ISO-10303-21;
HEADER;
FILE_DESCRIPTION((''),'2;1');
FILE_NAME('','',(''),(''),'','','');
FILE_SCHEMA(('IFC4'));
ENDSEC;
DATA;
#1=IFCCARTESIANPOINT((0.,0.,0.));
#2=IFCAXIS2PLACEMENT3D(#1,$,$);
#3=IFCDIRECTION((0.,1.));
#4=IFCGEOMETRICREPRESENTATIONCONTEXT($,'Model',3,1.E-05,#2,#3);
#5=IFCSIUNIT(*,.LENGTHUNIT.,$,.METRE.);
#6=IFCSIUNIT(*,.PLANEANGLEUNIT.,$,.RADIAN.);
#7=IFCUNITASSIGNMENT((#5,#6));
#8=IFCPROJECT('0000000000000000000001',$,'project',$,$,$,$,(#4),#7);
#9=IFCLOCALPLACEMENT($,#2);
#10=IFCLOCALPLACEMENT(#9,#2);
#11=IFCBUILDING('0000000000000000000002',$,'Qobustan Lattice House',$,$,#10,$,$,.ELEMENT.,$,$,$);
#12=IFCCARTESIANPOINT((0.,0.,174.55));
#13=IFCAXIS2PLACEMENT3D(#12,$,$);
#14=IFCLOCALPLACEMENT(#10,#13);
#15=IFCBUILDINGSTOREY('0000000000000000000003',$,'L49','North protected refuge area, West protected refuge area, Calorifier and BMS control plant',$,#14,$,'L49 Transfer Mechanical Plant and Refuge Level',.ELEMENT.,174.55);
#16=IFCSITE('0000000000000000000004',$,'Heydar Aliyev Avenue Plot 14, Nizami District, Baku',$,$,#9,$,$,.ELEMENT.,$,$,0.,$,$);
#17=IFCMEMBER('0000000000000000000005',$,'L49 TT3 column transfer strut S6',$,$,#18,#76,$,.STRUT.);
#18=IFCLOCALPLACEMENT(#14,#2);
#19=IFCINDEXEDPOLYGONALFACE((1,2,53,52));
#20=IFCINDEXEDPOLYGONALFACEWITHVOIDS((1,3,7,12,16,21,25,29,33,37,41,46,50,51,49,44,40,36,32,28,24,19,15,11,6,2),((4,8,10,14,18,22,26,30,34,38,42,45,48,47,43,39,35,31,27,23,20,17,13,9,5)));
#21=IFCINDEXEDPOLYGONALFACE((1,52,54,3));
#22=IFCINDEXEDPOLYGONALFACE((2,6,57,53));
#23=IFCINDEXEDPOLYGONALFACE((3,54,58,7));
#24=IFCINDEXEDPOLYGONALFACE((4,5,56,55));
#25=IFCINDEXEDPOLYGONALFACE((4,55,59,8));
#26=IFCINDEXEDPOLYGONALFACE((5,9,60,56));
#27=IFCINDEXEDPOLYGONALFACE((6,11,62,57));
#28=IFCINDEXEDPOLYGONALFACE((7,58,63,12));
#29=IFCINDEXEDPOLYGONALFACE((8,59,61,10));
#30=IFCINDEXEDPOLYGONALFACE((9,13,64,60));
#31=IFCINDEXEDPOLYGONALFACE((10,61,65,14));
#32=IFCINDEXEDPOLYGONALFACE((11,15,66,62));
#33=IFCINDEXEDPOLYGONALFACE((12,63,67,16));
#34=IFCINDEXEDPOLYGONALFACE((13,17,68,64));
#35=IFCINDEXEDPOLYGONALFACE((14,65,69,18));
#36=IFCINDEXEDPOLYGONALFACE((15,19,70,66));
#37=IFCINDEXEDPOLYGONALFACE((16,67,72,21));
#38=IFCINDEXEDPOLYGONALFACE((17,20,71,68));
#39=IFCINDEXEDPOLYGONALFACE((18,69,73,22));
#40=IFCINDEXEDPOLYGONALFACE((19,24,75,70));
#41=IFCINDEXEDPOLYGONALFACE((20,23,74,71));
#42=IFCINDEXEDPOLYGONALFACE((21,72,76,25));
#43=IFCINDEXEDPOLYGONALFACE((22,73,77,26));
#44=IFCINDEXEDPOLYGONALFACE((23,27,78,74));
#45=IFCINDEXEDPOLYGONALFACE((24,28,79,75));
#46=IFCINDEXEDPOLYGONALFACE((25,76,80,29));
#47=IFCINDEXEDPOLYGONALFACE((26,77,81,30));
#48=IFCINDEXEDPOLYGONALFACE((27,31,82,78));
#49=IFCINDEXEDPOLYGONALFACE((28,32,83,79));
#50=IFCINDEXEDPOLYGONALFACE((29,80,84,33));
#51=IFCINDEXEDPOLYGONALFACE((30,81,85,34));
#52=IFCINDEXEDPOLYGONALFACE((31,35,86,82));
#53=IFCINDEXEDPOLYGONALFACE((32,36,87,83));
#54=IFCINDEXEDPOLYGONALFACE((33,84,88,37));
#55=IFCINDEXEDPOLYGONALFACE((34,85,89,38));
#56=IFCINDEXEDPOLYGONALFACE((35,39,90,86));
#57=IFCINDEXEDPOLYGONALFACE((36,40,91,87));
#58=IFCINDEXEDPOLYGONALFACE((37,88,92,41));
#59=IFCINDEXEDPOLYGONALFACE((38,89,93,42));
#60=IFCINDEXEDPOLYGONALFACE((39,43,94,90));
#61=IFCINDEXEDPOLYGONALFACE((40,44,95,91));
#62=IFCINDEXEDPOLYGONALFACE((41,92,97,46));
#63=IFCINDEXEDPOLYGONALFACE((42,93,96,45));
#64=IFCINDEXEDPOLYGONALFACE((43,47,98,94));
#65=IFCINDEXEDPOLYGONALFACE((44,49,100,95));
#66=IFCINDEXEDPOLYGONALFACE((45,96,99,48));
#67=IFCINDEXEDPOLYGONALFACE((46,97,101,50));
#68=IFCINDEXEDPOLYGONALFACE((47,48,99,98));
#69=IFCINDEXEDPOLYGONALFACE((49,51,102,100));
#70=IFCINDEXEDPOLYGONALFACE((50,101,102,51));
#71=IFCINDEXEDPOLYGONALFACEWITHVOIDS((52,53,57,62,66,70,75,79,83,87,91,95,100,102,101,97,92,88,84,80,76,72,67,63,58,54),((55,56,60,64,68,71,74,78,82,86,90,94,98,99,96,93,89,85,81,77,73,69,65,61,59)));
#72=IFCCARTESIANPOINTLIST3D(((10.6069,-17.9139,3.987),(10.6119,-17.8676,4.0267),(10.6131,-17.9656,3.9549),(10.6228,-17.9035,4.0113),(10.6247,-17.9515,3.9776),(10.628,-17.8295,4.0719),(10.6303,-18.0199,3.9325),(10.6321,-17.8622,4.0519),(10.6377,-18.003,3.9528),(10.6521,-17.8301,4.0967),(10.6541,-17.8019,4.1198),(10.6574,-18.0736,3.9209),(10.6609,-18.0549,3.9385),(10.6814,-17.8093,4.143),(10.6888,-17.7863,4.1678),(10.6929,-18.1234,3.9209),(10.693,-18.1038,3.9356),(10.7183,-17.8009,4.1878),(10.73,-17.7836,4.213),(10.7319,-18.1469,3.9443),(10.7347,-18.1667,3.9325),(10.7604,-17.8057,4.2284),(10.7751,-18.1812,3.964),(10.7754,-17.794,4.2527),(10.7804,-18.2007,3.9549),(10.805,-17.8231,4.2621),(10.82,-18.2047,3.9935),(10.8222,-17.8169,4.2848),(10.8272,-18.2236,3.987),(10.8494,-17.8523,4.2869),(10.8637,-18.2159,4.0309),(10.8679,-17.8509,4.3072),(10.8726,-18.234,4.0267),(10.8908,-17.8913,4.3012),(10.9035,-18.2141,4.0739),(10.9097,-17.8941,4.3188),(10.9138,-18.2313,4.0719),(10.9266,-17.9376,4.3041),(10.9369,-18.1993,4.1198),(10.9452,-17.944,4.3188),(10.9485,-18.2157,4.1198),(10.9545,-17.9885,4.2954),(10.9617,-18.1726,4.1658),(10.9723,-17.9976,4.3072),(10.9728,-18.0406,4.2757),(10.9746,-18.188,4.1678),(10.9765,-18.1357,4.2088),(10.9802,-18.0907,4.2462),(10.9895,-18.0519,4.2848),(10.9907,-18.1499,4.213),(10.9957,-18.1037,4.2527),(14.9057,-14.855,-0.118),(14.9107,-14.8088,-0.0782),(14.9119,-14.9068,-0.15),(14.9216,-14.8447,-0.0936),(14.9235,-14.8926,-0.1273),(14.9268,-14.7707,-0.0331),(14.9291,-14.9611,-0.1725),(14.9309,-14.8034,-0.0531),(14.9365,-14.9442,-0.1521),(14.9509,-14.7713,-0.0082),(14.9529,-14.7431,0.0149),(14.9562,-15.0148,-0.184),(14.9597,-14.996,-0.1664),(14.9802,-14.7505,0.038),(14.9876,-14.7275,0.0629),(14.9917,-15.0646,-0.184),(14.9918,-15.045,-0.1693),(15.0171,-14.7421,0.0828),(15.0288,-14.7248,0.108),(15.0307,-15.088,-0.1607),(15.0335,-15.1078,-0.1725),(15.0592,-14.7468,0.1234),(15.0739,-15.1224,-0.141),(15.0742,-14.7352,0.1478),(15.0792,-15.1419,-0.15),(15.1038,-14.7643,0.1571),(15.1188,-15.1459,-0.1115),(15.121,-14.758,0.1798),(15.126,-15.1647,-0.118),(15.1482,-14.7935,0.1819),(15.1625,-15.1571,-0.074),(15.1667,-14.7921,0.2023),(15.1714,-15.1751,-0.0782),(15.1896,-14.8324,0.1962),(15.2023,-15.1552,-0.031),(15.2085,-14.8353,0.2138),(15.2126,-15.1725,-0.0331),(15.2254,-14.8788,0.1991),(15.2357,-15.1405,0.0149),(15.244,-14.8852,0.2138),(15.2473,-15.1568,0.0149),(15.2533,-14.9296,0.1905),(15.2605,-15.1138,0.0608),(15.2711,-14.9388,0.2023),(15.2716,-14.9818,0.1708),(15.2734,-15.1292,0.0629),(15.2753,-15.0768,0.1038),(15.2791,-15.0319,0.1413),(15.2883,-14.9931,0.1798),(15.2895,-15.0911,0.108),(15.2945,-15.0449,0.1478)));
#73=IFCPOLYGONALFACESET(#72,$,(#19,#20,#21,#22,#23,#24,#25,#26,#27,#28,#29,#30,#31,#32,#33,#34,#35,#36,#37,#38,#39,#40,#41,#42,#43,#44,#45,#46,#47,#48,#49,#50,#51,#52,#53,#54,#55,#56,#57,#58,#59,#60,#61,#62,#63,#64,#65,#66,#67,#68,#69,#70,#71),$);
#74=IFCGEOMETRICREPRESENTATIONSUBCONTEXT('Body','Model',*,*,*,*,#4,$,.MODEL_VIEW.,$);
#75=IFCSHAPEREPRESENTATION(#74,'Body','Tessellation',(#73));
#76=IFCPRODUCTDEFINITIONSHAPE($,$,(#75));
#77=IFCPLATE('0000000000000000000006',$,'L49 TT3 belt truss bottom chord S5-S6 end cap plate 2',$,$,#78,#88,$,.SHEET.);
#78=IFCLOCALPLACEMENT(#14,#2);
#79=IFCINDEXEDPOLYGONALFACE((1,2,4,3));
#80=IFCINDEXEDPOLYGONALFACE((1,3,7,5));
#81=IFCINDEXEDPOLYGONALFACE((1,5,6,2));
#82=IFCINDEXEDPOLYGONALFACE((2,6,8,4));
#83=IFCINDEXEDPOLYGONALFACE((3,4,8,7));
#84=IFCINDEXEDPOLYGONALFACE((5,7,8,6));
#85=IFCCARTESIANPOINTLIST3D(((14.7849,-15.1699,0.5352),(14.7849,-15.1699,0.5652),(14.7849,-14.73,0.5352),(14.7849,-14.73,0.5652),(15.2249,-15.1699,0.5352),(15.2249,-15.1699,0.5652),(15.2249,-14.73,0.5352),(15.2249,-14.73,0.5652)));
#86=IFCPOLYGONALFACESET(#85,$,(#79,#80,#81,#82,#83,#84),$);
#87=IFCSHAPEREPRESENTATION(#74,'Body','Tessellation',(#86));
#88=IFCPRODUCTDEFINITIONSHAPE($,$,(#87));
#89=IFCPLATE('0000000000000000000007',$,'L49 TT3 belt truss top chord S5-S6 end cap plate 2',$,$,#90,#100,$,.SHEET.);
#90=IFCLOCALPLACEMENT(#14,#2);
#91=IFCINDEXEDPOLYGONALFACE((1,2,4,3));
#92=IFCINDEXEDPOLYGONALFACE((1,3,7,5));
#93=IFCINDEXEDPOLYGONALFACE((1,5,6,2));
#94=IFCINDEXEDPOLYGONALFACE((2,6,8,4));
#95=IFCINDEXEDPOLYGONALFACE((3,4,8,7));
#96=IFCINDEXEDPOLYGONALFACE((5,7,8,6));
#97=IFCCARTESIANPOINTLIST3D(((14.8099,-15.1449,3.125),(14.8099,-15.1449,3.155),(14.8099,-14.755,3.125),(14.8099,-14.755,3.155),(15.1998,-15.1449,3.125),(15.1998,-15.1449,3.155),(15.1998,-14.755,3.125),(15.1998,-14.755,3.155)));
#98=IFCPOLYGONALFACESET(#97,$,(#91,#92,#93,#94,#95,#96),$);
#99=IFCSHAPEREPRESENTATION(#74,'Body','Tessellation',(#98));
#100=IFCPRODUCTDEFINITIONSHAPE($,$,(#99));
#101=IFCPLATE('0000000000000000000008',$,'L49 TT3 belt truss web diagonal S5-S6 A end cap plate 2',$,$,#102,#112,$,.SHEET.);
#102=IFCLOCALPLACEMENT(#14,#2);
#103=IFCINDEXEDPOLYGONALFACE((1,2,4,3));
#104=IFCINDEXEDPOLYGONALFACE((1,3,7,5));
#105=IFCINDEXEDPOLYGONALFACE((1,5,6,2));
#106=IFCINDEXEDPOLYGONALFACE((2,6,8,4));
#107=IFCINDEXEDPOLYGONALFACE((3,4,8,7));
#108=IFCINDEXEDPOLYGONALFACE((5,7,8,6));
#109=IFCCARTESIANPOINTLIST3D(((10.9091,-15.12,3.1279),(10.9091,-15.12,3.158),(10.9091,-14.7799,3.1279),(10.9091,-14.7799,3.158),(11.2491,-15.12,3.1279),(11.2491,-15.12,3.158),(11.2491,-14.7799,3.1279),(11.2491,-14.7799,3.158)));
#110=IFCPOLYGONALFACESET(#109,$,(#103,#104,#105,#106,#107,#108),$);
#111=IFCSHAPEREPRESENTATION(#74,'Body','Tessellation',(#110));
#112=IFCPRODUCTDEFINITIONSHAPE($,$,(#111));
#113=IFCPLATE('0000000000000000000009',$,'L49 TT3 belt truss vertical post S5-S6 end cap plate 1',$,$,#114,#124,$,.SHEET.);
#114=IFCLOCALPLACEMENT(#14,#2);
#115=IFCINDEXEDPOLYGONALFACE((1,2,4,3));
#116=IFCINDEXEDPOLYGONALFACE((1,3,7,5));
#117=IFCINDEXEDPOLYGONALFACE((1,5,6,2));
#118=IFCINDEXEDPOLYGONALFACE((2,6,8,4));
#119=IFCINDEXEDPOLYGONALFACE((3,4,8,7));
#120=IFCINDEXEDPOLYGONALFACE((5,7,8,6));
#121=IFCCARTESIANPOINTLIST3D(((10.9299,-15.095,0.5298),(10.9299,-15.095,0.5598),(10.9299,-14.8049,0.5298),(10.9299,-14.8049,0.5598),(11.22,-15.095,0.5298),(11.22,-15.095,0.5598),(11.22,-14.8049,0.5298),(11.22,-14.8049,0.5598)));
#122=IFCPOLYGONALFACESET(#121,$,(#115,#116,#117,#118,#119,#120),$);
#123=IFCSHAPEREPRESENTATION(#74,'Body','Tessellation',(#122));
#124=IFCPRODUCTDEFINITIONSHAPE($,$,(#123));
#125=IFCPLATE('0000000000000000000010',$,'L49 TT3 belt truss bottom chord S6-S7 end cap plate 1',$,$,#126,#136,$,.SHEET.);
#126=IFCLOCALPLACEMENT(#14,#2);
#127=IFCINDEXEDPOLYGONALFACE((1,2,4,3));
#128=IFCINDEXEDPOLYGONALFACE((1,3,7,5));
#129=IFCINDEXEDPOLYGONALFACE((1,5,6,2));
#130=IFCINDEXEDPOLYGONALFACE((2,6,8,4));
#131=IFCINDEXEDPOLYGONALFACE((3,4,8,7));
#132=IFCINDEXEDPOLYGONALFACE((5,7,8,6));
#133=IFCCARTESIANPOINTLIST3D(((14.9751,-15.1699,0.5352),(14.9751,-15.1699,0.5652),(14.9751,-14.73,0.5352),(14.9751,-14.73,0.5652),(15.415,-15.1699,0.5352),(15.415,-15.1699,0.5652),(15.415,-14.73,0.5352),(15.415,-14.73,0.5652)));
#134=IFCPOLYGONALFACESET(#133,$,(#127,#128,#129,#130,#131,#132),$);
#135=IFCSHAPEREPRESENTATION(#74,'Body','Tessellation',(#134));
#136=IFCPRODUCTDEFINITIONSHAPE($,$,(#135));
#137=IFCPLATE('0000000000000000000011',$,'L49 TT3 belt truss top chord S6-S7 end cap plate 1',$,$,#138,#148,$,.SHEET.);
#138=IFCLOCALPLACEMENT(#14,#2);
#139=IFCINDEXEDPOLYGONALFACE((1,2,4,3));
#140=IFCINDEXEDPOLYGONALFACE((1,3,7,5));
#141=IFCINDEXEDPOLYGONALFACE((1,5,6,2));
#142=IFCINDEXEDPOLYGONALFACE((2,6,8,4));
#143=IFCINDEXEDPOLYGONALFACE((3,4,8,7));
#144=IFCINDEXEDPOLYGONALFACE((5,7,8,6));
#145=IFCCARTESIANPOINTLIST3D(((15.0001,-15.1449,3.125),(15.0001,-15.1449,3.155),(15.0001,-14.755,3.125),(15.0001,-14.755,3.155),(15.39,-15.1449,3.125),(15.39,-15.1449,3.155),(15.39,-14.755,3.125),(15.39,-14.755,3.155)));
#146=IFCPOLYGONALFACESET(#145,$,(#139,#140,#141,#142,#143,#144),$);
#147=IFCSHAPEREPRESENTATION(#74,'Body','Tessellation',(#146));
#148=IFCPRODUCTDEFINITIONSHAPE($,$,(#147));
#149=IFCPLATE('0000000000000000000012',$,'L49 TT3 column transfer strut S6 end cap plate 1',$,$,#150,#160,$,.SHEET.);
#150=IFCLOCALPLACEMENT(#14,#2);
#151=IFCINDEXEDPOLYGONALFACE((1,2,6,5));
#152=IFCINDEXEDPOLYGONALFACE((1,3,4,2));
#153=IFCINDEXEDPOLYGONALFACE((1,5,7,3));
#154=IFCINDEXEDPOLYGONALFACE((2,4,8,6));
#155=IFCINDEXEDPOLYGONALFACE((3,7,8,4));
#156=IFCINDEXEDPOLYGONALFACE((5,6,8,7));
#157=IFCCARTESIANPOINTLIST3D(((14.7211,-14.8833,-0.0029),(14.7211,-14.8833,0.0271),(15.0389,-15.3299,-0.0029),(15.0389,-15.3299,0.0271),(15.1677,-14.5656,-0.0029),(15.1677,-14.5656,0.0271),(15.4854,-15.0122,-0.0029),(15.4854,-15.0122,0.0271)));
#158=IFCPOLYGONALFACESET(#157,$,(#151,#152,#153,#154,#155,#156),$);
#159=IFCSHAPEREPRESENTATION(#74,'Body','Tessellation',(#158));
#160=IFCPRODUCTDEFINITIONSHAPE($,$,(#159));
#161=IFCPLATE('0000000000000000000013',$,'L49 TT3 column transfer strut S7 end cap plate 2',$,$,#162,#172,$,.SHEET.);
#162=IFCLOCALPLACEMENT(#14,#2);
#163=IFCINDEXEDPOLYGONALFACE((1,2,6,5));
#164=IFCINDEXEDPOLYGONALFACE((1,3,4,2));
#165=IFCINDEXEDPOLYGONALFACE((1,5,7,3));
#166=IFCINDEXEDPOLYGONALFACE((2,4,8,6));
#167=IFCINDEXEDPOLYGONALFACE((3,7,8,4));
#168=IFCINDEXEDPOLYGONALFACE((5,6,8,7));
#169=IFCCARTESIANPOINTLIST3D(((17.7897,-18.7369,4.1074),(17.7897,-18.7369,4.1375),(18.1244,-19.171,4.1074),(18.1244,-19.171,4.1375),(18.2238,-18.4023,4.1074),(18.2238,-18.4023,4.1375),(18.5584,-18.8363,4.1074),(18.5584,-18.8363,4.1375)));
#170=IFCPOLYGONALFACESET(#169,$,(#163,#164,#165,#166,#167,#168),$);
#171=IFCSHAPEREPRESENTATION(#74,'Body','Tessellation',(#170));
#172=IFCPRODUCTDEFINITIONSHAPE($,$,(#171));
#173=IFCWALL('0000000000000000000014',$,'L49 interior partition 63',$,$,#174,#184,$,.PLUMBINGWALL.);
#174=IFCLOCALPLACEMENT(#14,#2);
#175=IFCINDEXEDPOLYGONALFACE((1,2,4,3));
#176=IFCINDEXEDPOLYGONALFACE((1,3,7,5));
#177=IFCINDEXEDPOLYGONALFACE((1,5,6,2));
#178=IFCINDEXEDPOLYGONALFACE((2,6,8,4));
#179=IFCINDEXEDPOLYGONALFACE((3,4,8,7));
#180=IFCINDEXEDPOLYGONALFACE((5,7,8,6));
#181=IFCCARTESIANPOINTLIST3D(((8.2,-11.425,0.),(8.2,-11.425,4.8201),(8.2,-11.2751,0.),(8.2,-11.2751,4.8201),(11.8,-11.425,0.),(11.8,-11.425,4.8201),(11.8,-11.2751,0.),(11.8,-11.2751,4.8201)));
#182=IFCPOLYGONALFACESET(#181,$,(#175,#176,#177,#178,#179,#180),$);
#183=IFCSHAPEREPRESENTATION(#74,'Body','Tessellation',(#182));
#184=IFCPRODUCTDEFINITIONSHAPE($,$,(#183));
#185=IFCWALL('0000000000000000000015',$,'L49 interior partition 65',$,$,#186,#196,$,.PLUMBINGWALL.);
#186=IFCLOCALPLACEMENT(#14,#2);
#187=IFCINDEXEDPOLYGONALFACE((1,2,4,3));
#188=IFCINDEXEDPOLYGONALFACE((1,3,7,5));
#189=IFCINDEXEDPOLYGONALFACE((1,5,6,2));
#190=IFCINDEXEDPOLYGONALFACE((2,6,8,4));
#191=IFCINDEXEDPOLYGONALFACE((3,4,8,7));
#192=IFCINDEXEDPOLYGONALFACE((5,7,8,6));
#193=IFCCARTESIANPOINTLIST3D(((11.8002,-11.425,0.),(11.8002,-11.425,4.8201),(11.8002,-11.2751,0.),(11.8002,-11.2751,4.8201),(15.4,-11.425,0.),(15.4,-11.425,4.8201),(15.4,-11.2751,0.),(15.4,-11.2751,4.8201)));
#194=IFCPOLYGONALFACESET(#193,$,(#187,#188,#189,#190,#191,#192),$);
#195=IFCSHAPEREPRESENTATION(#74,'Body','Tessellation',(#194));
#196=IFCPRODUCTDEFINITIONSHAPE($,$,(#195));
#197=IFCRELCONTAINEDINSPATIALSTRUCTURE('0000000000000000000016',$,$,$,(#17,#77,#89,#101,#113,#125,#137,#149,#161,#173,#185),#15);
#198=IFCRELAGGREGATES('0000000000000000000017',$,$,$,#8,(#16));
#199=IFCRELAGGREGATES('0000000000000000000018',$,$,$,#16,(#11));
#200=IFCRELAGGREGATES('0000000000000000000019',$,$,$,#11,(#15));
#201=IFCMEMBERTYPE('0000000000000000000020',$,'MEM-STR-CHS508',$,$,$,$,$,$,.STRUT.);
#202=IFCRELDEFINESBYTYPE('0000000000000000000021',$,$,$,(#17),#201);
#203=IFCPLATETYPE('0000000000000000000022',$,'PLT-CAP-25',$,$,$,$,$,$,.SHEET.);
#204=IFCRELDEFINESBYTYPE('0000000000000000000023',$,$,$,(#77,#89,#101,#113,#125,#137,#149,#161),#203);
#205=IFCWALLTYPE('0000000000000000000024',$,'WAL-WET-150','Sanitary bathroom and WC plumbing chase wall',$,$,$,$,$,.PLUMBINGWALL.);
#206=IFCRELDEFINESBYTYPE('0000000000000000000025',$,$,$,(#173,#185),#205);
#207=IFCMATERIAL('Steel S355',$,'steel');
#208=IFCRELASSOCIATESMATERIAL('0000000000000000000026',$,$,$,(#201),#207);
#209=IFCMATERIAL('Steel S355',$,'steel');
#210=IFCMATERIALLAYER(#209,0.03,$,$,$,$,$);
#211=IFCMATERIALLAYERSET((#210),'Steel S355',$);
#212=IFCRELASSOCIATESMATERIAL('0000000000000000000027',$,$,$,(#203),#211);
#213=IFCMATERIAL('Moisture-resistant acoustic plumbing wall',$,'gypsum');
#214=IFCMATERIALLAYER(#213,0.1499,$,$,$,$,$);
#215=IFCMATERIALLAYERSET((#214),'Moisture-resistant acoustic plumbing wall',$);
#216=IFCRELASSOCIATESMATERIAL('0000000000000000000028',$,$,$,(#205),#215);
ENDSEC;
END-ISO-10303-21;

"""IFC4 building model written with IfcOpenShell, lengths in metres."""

from ifc_helpers import new_model, si_unit, direction, frame, frame_2d, origin, origin_2d, place, context, subcontext, project, spatial, rectangle, hollow_circle, extrude, material, layer, layer_set, material_profile, profile_set, type_object, element, save


model = new_model("IFC4")

# Units and contexts
model_context = context("Model", 3, precision=1e-05, world=origin(), true_north=direction((0.0, 1.0)))
body_context = subcontext(model_context, "Body", "Model", "MODEL_VIEW")
ifc_project = project(units=[si_unit("LENGTHUNIT", "METRE"), si_unit("PLANEANGLEUNIT", "RADIAN")], contexts=[model_context])

# Site, building, storey
site_placement = place(None, origin())
site = spatial("IfcSite", under=ifc_project, at=site_placement, Name="Heydar Aliyev Avenue Plot 14, Nizami District, Baku", CompositionType="ELEMENT", RefElevation=0.0)
building_placement = place(site_placement, origin())
building = spatial("IfcBuilding", under=site, at=building_placement, Name="Qobustan Lattice House", CompositionType="ELEMENT")
storey_placement = place(building_placement, frame((0.0, 0.0, 174.55)))
storey = spatial("IfcBuildingStorey", under=building, at=storey_placement, Name="L49", Description="North protected refuge area, West protected refuge area, Calorifier and BMS control plant", LongName="L49 Transfer Mechanical Plant and Refuge Level", CompositionType="ELEMENT", Elevation=174.55)

# Member
ifc_material_1 = material(Name="Steel S355", Category="steel")
ifc_material_profile_1 = material_profile(ifc_material_1, hollow_circle(Radius=0.2539, WallThickness=0.02, at=origin_2d()), Name="CHS508x20")
ifc_profile_set_1 = profile_set([ifc_material_profile_1], Name="Steel S355")
member_type_1 = type_object("IfcMemberType", Name="MEM-STR-CHS508", PredefinedType="STRUT", material=ifc_profile_set_1)
member_1_placement = place(storey_placement, frame((15.1001, -14.95, 0.0149), z_axis=(-0.64307, -0.457577, 0.614072), x_axis=(0.579762, -0.814786, 0.0)))
element("IfcMember", 1, at=member_1_placement, inside=storey, type_object=member_type_1, Name="L49 TT3 column transfer strut S6", PredefinedType="STRUT", context=body_context, shape_type="SweptSolid", body=[
    extrude(hollow_circle(Radius=0.2539, WallThickness=0.02, at=origin_2d()), origin(), (0.0, 0.0, 1.0), 6.6848),
])

# Plates
ifc_material_2 = material(Name="Steel S355", Category="steel")
ifc_layer_1 = layer(ifc_material_2, 0.03)
ifc_layer_set_1 = layer_set([ifc_layer_1], Name="Steel S355")
plate_type = type_object("IfcPlateType", Name="PLT-CAP-25", PredefinedType="SHEET", material=ifc_layer_set_1)
plate_1_placement = place(storey_placement, frame((15.0049, -14.95, 0.5352), z_axis=(0.0, 0.0, 1.0), x_axis=(1.0, 0.0, 0.0)))
element("IfcPlate", 2, at=plate_1_placement, inside=storey, type_object=plate_type, Name="L49 TT3 belt truss bottom chord S5-S6 end cap plate 2", PredefinedType="SHEET", context=body_context, shape_type="SweptSolid", body=[
    extrude(rectangle(XDim=0.4399, YDim=0.4399, at=origin_2d()), origin(), (0.0, 0.0, 1.0), 0.03),
])
plate_2_placement = place(storey_placement, frame((15.0049, -14.95, 3.125), z_axis=(0.0, 0.0, 1.0), x_axis=(1.0, 0.0, 0.0)))
element("IfcPlate", 3, at=plate_2_placement, inside=storey, type_object=plate_type, Name="L49 TT3 belt truss top chord S5-S6 end cap plate 2", PredefinedType="SHEET", context=body_context, shape_type="SweptSolid", body=[
    extrude(rectangle(XDim=0.3899, YDim=0.3899, at=origin_2d()), origin(), (0.0, 0.0, 1.0), 0.03),
])
plate_3_placement = place(storey_placement, frame((11.0791, -14.95, 3.1279), z_axis=(0.0, 0.0, 1.0), x_axis=(1.0, 0.0, 0.0)))
element("IfcPlate", 4, at=plate_3_placement, inside=storey, type_object=plate_type, Name="L49 TT3 belt truss web diagonal S5-S6 A end cap plate 2", PredefinedType="SHEET", context=body_context, shape_type="SweptSolid", body=[
    extrude(rectangle(XDim=0.3401, YDim=0.3401, at=origin_2d()), origin(), (0.0, 0.0, 1.0), 0.03),
])
plate_4_placement = place(storey_placement, frame((11.075, -14.95, 0.5298), z_axis=(0.0, 0.0, 1.0), x_axis=(1.0, 0.0, 0.0)))
element("IfcPlate", 5, at=plate_4_placement, inside=storey, type_object=plate_type, Name="L49 TT3 belt truss vertical post S5-S6 end cap plate 1", PredefinedType="SHEET", context=body_context, shape_type="SweptSolid", body=[
    extrude(rectangle(XDim=0.29, YDim=0.29, at=origin_2d()), origin(), (0.0, 0.0, 1.0), 0.03),
])
plate_5_placement = place(storey_placement, frame((15.1951, -14.95, 0.5352), z_axis=(0.0, 0.0, 1.0), x_axis=(1.0, 0.0, 0.0)))
element("IfcPlate", 6, at=plate_5_placement, inside=storey, type_object=plate_type, Name="L49 TT3 belt truss bottom chord S6-S7 end cap plate 1", PredefinedType="SHEET", context=body_context, shape_type="SweptSolid", body=[
    extrude(rectangle(XDim=0.4399, YDim=0.4399, at=origin_2d()), origin(), (0.0, 0.0, 1.0), 0.03),
])
plate_6_placement = place(storey_placement, frame((15.1951, -14.95, 3.125), z_axis=(0.0, 0.0, 1.0), x_axis=(1.0, 0.0, 0.0)))
element("IfcPlate", 7, at=plate_6_placement, inside=storey, type_object=plate_type, Name="L49 TT3 belt truss top chord S6-S7 end cap plate 1", PredefinedType="SHEET", context=body_context, shape_type="SweptSolid", body=[
    extrude(rectangle(XDim=0.3899, YDim=0.3899, at=origin_2d()), origin(), (0.0, 0.0, 1.0), 0.03),
])
for number, where, z_axis, x_axis, name in (
    (8, (15.1033, -14.9478, -0.0029), (0.0, 0.0, 1.0), (-0.814794, -0.579751, 0.0), "L49 TT3 column transfer strut S6 end cap plate 1"),
    (9, (18.1741, -18.7866, 4.1074), (0.0, 0.0, 1.0), (-0.791938, -0.610601, 0.0), "L49 TT3 column transfer strut S7 end cap plate 2"),
):
    element("IfcPlate", number, at=place(storey_placement, frame(where, z_axis=z_axis, x_axis=x_axis)), inside=storey, type_object=plate_type, Name=name, PredefinedType="SHEET", context=body_context, shape_type="SweptSolid", body=[
        extrude(rectangle(XDim=0.5481, YDim=0.5481, at=origin_2d()), origin(), (0.0, 0.0, 1.0), 0.03),
    ])

# Walls
ifc_material_3 = material(Name="Moisture-resistant acoustic plumbing wall", Category="gypsum")
ifc_layer_2 = layer(ifc_material_3, 0.1499)
ifc_layer_set_2 = layer_set([ifc_layer_2], Name="Moisture-resistant acoustic plumbing wall")
wall_type = type_object("IfcWallType", Name="WAL-WET-150", Description="Sanitary bathroom and WC plumbing chase wall", PredefinedType="PLUMBINGWALL", material=ifc_layer_set_2)
wall_1_placement = place(storey_placement, frame((11.8, -11.3501, 0.0), z_axis=(0.0, 0.0, 1.0), x_axis=(-1.0, 0.0, 0.0)))
element("IfcWall", 10, at=wall_1_placement, inside=storey, type_object=wall_type, Name="L49 interior partition 63", PredefinedType="PLUMBINGWALL", context=body_context, shape_type="SweptSolid", body=[
    extrude(rectangle(XDim=3.6001, YDim=0.1499, at=frame_2d((1.8, 0.0))), origin(), (0.0, 0.0, 1.0), 4.8201),
])
wall_2_placement = place(storey_placement, frame((15.3999, -11.3501, 0.0), z_axis=(0.0, 0.0, 1.0), x_axis=(-1.0, 0.0, 0.0)))
element("IfcWall", 11, at=wall_2_placement, inside=storey, type_object=wall_type, Name="L49 interior partition 65", PredefinedType="PLUMBINGWALL", context=body_context, shape_type="SweptSolid", body=[
    extrude(rectangle(XDim=3.5999, YDim=0.1499, at=frame_2d((1.7998, 0.0))), origin(), (0.0, 0.0, 1.0), 4.8201),
])

save(model, "model.ifc")
